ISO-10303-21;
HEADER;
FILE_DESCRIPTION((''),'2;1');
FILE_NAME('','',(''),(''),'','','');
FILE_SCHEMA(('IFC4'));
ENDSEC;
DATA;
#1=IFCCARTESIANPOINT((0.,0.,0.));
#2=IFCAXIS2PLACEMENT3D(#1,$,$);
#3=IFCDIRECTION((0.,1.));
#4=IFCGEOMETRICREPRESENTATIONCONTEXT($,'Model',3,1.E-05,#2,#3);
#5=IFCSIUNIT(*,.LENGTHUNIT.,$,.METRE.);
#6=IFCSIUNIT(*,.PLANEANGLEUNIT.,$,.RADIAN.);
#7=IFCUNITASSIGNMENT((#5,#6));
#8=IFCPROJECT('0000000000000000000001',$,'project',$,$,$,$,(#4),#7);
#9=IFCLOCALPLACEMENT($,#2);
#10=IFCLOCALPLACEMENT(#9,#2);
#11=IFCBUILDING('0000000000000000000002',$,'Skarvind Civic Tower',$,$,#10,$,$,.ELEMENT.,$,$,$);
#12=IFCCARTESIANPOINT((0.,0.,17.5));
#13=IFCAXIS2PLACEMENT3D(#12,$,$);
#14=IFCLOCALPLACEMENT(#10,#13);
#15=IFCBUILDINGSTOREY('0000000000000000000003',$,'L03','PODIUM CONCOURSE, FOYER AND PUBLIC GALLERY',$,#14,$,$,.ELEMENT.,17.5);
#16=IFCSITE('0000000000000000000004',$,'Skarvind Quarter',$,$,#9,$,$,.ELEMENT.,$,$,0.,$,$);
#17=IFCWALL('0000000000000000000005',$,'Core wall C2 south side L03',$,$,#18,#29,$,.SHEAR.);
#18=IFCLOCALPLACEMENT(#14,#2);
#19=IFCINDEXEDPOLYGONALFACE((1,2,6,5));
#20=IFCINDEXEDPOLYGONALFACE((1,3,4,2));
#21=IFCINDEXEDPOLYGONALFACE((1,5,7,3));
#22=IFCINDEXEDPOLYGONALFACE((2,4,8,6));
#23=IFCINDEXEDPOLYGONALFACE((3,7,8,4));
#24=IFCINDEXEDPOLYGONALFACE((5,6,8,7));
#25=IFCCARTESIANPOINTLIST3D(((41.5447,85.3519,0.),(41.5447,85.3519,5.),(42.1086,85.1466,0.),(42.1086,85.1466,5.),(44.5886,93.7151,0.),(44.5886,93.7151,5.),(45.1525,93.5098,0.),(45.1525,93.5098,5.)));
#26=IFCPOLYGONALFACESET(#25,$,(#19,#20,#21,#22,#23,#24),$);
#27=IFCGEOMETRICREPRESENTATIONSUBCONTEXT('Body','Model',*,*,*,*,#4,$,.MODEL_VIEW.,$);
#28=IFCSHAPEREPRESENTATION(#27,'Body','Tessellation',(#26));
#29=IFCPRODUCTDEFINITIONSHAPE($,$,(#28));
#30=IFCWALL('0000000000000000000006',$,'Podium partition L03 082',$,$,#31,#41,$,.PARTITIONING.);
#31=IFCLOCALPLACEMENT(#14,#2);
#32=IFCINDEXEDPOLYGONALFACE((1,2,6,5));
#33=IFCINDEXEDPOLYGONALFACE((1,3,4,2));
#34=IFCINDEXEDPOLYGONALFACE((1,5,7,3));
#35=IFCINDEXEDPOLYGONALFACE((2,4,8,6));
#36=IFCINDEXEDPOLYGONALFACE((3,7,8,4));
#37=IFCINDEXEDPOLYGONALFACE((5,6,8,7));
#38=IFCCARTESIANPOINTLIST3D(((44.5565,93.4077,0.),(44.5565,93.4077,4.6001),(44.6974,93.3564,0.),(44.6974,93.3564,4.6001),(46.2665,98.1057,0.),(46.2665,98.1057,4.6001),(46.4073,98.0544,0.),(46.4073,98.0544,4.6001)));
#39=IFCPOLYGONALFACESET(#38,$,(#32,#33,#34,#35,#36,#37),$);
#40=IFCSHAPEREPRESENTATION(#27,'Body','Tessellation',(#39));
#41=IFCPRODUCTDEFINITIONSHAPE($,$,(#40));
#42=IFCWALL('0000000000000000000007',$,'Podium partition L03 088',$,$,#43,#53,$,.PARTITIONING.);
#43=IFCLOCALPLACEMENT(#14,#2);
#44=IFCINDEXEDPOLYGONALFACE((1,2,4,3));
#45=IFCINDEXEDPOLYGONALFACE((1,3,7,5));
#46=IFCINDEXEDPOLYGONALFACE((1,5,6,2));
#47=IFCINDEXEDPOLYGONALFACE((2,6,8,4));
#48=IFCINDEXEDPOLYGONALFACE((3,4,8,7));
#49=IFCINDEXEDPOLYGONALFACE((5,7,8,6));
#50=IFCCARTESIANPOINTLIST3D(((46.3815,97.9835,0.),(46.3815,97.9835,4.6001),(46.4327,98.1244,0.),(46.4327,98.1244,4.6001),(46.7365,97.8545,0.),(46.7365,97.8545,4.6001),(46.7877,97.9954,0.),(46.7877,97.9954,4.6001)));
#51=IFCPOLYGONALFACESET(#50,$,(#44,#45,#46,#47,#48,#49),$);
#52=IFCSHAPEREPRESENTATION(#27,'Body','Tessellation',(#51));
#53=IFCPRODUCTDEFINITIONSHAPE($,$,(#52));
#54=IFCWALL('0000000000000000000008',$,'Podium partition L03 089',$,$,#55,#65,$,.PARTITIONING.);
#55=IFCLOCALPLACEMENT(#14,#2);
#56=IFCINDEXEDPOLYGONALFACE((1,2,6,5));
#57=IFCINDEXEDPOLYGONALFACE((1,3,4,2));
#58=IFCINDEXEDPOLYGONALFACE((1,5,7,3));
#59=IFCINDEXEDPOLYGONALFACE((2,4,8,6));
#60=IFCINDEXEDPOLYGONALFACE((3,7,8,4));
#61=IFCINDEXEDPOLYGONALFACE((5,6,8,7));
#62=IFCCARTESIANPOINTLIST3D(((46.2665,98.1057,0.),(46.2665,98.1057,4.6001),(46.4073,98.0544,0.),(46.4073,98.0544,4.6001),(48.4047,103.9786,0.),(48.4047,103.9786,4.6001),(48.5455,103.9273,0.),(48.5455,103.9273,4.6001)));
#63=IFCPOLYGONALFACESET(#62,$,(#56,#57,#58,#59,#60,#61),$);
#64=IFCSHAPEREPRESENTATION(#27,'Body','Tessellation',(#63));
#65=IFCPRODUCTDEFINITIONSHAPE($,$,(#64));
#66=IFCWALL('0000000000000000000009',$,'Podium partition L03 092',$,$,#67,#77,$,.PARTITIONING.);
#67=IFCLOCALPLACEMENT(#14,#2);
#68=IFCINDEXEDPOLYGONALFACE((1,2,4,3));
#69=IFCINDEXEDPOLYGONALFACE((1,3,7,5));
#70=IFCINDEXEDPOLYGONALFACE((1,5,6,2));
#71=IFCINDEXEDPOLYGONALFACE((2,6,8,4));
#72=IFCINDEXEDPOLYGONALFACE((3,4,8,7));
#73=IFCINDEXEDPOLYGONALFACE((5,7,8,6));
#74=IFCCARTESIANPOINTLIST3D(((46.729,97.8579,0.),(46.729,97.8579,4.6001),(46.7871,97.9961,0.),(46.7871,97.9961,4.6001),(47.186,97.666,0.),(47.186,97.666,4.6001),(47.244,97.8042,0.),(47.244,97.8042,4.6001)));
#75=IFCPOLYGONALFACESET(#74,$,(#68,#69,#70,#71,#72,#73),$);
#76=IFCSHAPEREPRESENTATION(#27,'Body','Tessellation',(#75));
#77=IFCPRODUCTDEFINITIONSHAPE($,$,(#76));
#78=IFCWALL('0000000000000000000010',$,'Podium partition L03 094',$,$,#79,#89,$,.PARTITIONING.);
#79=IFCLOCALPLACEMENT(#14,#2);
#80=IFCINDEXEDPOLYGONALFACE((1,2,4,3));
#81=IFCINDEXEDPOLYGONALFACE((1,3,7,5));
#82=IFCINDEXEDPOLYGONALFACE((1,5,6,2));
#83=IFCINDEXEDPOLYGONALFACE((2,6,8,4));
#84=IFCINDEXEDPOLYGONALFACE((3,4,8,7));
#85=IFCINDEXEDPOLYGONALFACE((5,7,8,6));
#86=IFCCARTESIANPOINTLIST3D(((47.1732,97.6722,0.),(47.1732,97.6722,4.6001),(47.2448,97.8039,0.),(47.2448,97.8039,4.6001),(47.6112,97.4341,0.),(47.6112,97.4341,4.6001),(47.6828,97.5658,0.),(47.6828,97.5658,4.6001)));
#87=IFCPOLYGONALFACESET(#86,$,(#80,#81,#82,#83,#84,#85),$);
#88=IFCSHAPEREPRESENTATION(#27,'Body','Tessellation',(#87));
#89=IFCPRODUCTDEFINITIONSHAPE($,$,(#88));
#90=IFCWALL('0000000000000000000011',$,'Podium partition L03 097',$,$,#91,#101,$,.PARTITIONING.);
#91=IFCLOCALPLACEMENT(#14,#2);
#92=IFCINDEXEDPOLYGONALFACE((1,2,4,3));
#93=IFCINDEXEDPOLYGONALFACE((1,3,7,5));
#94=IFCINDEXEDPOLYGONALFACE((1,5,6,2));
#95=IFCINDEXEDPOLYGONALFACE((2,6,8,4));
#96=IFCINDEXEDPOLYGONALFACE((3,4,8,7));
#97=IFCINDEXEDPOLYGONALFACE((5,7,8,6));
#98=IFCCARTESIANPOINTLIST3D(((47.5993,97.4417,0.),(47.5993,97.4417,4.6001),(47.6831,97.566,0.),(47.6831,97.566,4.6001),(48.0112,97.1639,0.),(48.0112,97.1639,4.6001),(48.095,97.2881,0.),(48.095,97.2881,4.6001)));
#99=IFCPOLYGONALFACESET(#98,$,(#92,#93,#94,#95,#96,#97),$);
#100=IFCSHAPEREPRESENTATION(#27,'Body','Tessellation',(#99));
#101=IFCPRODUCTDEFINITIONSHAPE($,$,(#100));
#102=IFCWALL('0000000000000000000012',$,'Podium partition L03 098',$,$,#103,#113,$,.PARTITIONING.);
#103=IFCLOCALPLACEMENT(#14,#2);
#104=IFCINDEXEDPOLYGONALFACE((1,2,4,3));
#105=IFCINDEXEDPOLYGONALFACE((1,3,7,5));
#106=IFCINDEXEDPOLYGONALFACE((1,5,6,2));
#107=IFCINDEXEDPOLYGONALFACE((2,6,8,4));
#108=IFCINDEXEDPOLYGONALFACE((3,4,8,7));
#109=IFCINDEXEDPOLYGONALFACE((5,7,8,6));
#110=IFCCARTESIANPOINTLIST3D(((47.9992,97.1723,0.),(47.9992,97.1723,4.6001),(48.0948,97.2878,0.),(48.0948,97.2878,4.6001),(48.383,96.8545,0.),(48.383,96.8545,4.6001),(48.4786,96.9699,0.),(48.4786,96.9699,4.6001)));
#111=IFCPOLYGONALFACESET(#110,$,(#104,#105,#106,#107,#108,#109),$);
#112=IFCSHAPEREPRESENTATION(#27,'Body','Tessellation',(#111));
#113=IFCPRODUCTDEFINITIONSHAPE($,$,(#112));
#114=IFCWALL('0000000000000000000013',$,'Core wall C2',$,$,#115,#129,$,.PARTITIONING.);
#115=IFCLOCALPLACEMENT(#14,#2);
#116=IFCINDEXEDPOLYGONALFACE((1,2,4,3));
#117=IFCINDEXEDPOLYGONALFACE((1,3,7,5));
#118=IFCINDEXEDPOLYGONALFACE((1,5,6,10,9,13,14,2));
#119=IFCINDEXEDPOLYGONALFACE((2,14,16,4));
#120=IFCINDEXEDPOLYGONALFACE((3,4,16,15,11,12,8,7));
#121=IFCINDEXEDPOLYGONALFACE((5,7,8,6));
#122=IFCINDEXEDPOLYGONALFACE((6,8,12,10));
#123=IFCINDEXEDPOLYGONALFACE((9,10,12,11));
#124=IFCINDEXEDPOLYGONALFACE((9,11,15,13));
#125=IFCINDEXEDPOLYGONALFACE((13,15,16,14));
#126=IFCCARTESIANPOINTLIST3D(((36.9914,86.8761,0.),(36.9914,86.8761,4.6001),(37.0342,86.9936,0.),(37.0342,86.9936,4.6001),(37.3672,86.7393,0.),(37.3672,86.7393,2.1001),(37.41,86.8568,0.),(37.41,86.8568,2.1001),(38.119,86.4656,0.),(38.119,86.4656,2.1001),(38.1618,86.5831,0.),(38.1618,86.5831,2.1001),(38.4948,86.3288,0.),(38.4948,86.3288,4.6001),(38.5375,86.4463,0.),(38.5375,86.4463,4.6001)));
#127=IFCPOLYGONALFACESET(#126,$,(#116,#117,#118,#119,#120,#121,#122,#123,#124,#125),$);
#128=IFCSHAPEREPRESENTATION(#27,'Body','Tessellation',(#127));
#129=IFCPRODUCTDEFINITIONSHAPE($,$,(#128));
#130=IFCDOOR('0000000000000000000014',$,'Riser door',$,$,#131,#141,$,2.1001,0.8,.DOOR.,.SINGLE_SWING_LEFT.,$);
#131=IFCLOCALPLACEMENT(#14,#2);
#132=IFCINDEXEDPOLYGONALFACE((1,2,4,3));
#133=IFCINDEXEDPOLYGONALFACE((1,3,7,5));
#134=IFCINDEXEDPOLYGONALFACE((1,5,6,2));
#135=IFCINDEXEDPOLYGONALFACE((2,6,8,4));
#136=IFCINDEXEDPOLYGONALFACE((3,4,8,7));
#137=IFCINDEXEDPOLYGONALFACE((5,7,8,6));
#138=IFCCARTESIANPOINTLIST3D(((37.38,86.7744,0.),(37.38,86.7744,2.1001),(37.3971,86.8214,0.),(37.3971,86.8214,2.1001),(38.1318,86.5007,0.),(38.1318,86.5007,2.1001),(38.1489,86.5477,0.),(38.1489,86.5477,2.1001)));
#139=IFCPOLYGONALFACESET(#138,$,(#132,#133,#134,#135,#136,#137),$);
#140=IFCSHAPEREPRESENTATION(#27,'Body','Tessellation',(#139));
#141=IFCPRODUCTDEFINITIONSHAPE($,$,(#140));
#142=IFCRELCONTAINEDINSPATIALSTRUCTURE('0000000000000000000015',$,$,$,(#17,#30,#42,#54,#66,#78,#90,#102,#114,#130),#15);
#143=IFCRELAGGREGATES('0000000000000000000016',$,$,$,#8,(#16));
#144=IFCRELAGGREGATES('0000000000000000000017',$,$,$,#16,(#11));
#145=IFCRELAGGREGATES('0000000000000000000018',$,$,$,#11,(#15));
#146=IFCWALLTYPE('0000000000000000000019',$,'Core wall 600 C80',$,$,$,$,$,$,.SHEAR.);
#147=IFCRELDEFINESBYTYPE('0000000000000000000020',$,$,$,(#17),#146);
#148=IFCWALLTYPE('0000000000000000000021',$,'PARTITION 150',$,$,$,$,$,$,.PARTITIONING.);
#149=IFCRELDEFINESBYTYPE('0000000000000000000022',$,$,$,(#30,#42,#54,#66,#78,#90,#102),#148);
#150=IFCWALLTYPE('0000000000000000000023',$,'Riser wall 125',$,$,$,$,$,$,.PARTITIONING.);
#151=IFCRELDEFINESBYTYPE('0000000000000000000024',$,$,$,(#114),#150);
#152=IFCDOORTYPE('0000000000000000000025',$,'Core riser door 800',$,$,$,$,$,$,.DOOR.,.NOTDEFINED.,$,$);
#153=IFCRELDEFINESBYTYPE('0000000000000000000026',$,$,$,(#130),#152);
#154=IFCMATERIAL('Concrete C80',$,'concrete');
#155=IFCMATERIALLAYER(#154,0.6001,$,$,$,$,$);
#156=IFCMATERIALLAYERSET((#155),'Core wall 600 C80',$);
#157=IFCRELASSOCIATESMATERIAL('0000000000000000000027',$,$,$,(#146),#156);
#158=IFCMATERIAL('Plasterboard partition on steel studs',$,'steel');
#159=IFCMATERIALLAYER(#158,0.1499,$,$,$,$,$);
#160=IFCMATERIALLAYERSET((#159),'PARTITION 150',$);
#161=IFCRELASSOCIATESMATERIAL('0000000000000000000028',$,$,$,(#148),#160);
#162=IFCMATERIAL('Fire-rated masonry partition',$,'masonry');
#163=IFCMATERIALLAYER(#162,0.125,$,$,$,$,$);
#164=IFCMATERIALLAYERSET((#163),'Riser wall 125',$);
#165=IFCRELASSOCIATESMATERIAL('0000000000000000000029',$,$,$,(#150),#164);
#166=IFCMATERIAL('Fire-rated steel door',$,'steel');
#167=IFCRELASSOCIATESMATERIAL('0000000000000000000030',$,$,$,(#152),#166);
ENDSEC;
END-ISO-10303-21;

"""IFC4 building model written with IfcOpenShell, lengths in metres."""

from ifc_helpers import new_model, si_unit, direction, frame, frame_2d, origin, place, context, subcontext, project, spatial, rectangle, extrude, material, layer, layer_set, type_object, element, fill, save


model = new_model("IFC4")

# Units and contexts
model_context = context("Model", 3, precision=1e-05, world=origin(), true_north=direction((0.0, 1.0)))
body_context = subcontext(model_context, "Body", "Model", "MODEL_VIEW")
ifc_project = project(units=[si_unit("LENGTHUNIT", "METRE"), si_unit("PLANEANGLEUNIT", "RADIAN")], contexts=[model_context])

# Site, building, storey
site_placement = place(None, origin())
site = spatial("IfcSite", under=ifc_project, at=site_placement, Name="Skarvind Quarter", CompositionType="ELEMENT", RefElevation=0.0)
building_placement = place(site_placement, origin())
building = spatial("IfcBuilding", under=site, at=building_placement, Name="Skarvind Civic Tower", CompositionType="ELEMENT")
storey_placement = place(building_placement, frame((0.0, 0.0, 17.5)))
storey = spatial("IfcBuildingStorey", under=building, at=storey_placement, Name="L03", Description="PODIUM CONCOURSE, FOYER AND PUBLIC GALLERY", CompositionType="ELEMENT", Elevation=17.5)

# Shared definitions
ifc_material_1 = material(Name="Concrete C80", Category="concrete")

# Shared definitions
ifc_material_2 = material(Name="Fire-rated masonry partition", Category="masonry")
ifc_material_3 = material(Name="Fire-rated steel door", Category="steel")

# Walls
ifc_layer_1 = layer(ifc_material_1, 0.6001)
ifc_layer_set_1 = layer_set([ifc_layer_1], Name="Core wall 600 C80")
wall_type_1 = type_object("IfcWallType", Name="Core wall 600 C80", PredefinedType="SHEAR", material=ifc_layer_set_1)
wall_1_placement = place(storey_placement, frame((41.8267, 85.2493, 0.0), z_axis=(0.0, 0.0, 1.0), x_axis=(0.342016, 0.939694, 0.0)))
element("IfcWall", 1, at=wall_1_placement, inside=storey, type_object=wall_type_1, Name="Core wall C2 south side L03", PredefinedType="SHEAR", context=body_context, shape_type="SweptSolid", body=[
    extrude(rectangle(XDim=8.8999, YDim=0.6001, at=frame_2d((4.45, 0.0))), origin(), (0.0, 0.0, 1.0), 5.0),
])
ifc_material_4 = material(Name="Plasterboard partition on steel studs", Category="steel")
ifc_layer_2 = layer(ifc_material_4, 0.1499)
ifc_layer_set_2 = layer_set([ifc_layer_2], Name="PARTITION 150")
wall_type_2 = type_object("IfcWallType", Name="PARTITION 150", PredefinedType="PARTITIONING", material=ifc_layer_set_2)
wall_2_placement = place(storey_placement, frame((44.627, 93.3821, 0.0), z_axis=(0.0, 0.0, 1.0), x_axis=(0.342025, 0.939691, 0.0)))
element("IfcWall", 2, at=wall_2_placement, inside=storey, type_object=wall_type_2, Name="Podium partition L03 082", PredefinedType="PARTITIONING", context=body_context, shape_type="SweptSolid", body=[
    extrude(rectangle(XDim=4.9995, YDim=0.1499, at=frame_2d((2.4998, 0.0))), origin(), (0.0, 0.0, 1.0), 4.6001),
])
wall_3_placement = place(storey_placement, frame((46.407, 98.054, 0.0), z_axis=(0.0, 0.0, 1.0), x_axis=(0.939944, -0.341328, 0.0)))
element("IfcWall", 3, at=wall_3_placement, inside=storey, type_object=wall_type_2, Name="Podium partition L03 088", PredefinedType="PARTITIONING", context=body_context, shape_type="SweptSolid", body=[
    extrude(rectangle(XDim=0.3777, YDim=0.1499, at=frame_2d((0.189, 0.0))), origin(), (0.0, 0.0, 1.0), 4.6001),
])
wall_4_placement = place(storey_placement, frame((46.3369, 98.0801, 0.0), z_axis=(0.0, 0.0, 1.0), x_axis=(0.342113, 0.939659, 0.0)))
element("IfcWall", 4, at=wall_4_placement, inside=storey, type_object=wall_type_2, Name="Podium partition L03 089", PredefinedType="PARTITIONING", context=body_context, shape_type="SweptSolid", body=[
    extrude(rectangle(XDim=6.25, YDim=0.1499, at=frame_2d((3.125, 0.0))), origin(), (0.0, 0.0, 1.0), 4.6001),
])
wall_5_placement = place(storey_placement, frame((46.7581, 97.927, 0.0), z_axis=(0.0, 0.0, 1.0), x_axis=(0.922024, -0.387132, 0.0)))
element("IfcWall", 5, at=wall_5_placement, inside=storey, type_object=wall_type_2, Name="Podium partition L03 092", PredefinedType="PARTITIONING", context=body_context, shape_type="SweptSolid", body=[
    extrude(rectangle(XDim=0.4956, YDim=0.1499, at=frame_2d((0.2478, 0.0))), origin(), (0.0, 0.0, 1.0), 4.6001),
])
wall_6_placement = place(storey_placement, frame((47.209, 97.738, 0.0), z_axis=(0.0, 0.0, 1.0), x_axis=(0.878625, -0.477513, 0.0)))
element("IfcWall", 6, at=wall_6_placement, inside=storey, type_object=wall_type_2, Name="Podium partition L03 094", PredefinedType="PARTITIONING", context=body_context, shape_type="SweptSolid", body=[
    extrude(rectangle(XDim=0.4985, YDim=0.1499, at=frame_2d((0.2493, 0.0))), origin(), (0.0, 0.0, 1.0), 4.6001),
])
wall_7_placement = place(storey_placement, frame((47.6411, 97.5039, 0.0), z_axis=(0.0, 0.0, 1.0), x_axis=(0.829014, -0.559228, 0.0)))
element("IfcWall", 7, at=wall_7_placement, inside=storey, type_object=wall_type_2, Name="Podium partition L03 097", PredefinedType="PARTITIONING", context=body_context, shape_type="SweptSolid", body=[
    extrude(rectangle(XDim=0.4968, YDim=0.1499, at=frame_2d((0.2485, 0.0))), origin(), (0.0, 0.0, 1.0), 4.6001),
])
wall_8_placement = place(storey_placement, frame((48.0471, 97.23, 0.0), z_axis=(0.0, 0.0, 1.0), x_axis=(0.770145, -0.637868, 0.0)))
element("IfcWall", 8, at=wall_8_placement, inside=storey, type_object=wall_type_2, Name="Podium partition L03 098", PredefinedType="PARTITIONING", context=body_context, shape_type="SweptSolid", body=[
    extrude(rectangle(XDim=0.4983, YDim=0.1499, at=frame_2d((0.249, 0.0))), origin(), (0.0, 0.0, 1.0), 4.6001),
])

# Wall, opening, door
ifc_layer_3 = layer(ifc_material_2, 0.125)
ifc_layer_set_3 = layer_set([ifc_layer_3], Name="Riser wall 125")
wall_type_3 = type_object("IfcWallType", Name="Riser wall 125", PredefinedType="PARTITIONING", material=ifc_layer_set_3)
wall_9_placement = place(storey_placement, frame((37.0129, 86.9348, 0.0), z_axis=(0.0, 0.0, 1.0), x_axis=(0.93966, -0.342111, 0.0)))
wall_9 = element("IfcWall", 9, at=wall_9_placement, inside=storey, type_object=wall_type_3, Name="Core wall C2", PredefinedType="PARTITIONING", context=body_context, shape_type="SweptSolid", body=[
    extrude(rectangle(XDim=1.5999, YDim=0.125, at=frame_2d((0.7998, 0.0))), origin(), (0.0, 0.0, 1.0), 4.6001),
])
opening_1_placement = place(wall_9_placement, frame((0.3999, 0.0, 0.0)))
opening_1 = element("IfcOpeningElement", 10, at=opening_1_placement, cuts=wall_9, PredefinedType="OPENING", context=body_context, shape_type="SweptSolid", body=[
    extrude(rectangle(XDim=0.8, YDim=2.1001, at=frame_2d((0.3999, 1.05))), frame((0.0, 0.0725, 0.0), z_axis=(0.0, -1.0, 0.0), x_axis=(1.0, 0.0, 0.0)), (0.0, 0.0, 1.0), 0.145),
])
door_type_1 = type_object("IfcDoorType", Name="Core riser door 800", OperationType="NOTDEFINED", PredefinedType="DOOR", material=ifc_material_3)
door_1_placement = place(opening_1_placement, origin())
door_1 = element("IfcDoor", 11, at=door_1_placement, inside=storey, type_object=door_type_1, Name="Riser door", OperationType="SINGLE_SWING_LEFT", OverallHeight=2.1001, OverallWidth=0.8, PredefinedType="DOOR", context=body_context, shape_type="SweptSolid", body=[
    extrude(rectangle(XDim=0.8, YDim=2.1001, at=frame_2d((0.3999, 1.05))), frame((0.0, 0.0249, 0.0), z_axis=(0.0, -1.0, 0.0), x_axis=(1.0, 0.0, 0.0)), (0.0, 0.0, 1.0), 0.05),
])
fill(opening_1, door_1)

save(model, "model.ifc")
